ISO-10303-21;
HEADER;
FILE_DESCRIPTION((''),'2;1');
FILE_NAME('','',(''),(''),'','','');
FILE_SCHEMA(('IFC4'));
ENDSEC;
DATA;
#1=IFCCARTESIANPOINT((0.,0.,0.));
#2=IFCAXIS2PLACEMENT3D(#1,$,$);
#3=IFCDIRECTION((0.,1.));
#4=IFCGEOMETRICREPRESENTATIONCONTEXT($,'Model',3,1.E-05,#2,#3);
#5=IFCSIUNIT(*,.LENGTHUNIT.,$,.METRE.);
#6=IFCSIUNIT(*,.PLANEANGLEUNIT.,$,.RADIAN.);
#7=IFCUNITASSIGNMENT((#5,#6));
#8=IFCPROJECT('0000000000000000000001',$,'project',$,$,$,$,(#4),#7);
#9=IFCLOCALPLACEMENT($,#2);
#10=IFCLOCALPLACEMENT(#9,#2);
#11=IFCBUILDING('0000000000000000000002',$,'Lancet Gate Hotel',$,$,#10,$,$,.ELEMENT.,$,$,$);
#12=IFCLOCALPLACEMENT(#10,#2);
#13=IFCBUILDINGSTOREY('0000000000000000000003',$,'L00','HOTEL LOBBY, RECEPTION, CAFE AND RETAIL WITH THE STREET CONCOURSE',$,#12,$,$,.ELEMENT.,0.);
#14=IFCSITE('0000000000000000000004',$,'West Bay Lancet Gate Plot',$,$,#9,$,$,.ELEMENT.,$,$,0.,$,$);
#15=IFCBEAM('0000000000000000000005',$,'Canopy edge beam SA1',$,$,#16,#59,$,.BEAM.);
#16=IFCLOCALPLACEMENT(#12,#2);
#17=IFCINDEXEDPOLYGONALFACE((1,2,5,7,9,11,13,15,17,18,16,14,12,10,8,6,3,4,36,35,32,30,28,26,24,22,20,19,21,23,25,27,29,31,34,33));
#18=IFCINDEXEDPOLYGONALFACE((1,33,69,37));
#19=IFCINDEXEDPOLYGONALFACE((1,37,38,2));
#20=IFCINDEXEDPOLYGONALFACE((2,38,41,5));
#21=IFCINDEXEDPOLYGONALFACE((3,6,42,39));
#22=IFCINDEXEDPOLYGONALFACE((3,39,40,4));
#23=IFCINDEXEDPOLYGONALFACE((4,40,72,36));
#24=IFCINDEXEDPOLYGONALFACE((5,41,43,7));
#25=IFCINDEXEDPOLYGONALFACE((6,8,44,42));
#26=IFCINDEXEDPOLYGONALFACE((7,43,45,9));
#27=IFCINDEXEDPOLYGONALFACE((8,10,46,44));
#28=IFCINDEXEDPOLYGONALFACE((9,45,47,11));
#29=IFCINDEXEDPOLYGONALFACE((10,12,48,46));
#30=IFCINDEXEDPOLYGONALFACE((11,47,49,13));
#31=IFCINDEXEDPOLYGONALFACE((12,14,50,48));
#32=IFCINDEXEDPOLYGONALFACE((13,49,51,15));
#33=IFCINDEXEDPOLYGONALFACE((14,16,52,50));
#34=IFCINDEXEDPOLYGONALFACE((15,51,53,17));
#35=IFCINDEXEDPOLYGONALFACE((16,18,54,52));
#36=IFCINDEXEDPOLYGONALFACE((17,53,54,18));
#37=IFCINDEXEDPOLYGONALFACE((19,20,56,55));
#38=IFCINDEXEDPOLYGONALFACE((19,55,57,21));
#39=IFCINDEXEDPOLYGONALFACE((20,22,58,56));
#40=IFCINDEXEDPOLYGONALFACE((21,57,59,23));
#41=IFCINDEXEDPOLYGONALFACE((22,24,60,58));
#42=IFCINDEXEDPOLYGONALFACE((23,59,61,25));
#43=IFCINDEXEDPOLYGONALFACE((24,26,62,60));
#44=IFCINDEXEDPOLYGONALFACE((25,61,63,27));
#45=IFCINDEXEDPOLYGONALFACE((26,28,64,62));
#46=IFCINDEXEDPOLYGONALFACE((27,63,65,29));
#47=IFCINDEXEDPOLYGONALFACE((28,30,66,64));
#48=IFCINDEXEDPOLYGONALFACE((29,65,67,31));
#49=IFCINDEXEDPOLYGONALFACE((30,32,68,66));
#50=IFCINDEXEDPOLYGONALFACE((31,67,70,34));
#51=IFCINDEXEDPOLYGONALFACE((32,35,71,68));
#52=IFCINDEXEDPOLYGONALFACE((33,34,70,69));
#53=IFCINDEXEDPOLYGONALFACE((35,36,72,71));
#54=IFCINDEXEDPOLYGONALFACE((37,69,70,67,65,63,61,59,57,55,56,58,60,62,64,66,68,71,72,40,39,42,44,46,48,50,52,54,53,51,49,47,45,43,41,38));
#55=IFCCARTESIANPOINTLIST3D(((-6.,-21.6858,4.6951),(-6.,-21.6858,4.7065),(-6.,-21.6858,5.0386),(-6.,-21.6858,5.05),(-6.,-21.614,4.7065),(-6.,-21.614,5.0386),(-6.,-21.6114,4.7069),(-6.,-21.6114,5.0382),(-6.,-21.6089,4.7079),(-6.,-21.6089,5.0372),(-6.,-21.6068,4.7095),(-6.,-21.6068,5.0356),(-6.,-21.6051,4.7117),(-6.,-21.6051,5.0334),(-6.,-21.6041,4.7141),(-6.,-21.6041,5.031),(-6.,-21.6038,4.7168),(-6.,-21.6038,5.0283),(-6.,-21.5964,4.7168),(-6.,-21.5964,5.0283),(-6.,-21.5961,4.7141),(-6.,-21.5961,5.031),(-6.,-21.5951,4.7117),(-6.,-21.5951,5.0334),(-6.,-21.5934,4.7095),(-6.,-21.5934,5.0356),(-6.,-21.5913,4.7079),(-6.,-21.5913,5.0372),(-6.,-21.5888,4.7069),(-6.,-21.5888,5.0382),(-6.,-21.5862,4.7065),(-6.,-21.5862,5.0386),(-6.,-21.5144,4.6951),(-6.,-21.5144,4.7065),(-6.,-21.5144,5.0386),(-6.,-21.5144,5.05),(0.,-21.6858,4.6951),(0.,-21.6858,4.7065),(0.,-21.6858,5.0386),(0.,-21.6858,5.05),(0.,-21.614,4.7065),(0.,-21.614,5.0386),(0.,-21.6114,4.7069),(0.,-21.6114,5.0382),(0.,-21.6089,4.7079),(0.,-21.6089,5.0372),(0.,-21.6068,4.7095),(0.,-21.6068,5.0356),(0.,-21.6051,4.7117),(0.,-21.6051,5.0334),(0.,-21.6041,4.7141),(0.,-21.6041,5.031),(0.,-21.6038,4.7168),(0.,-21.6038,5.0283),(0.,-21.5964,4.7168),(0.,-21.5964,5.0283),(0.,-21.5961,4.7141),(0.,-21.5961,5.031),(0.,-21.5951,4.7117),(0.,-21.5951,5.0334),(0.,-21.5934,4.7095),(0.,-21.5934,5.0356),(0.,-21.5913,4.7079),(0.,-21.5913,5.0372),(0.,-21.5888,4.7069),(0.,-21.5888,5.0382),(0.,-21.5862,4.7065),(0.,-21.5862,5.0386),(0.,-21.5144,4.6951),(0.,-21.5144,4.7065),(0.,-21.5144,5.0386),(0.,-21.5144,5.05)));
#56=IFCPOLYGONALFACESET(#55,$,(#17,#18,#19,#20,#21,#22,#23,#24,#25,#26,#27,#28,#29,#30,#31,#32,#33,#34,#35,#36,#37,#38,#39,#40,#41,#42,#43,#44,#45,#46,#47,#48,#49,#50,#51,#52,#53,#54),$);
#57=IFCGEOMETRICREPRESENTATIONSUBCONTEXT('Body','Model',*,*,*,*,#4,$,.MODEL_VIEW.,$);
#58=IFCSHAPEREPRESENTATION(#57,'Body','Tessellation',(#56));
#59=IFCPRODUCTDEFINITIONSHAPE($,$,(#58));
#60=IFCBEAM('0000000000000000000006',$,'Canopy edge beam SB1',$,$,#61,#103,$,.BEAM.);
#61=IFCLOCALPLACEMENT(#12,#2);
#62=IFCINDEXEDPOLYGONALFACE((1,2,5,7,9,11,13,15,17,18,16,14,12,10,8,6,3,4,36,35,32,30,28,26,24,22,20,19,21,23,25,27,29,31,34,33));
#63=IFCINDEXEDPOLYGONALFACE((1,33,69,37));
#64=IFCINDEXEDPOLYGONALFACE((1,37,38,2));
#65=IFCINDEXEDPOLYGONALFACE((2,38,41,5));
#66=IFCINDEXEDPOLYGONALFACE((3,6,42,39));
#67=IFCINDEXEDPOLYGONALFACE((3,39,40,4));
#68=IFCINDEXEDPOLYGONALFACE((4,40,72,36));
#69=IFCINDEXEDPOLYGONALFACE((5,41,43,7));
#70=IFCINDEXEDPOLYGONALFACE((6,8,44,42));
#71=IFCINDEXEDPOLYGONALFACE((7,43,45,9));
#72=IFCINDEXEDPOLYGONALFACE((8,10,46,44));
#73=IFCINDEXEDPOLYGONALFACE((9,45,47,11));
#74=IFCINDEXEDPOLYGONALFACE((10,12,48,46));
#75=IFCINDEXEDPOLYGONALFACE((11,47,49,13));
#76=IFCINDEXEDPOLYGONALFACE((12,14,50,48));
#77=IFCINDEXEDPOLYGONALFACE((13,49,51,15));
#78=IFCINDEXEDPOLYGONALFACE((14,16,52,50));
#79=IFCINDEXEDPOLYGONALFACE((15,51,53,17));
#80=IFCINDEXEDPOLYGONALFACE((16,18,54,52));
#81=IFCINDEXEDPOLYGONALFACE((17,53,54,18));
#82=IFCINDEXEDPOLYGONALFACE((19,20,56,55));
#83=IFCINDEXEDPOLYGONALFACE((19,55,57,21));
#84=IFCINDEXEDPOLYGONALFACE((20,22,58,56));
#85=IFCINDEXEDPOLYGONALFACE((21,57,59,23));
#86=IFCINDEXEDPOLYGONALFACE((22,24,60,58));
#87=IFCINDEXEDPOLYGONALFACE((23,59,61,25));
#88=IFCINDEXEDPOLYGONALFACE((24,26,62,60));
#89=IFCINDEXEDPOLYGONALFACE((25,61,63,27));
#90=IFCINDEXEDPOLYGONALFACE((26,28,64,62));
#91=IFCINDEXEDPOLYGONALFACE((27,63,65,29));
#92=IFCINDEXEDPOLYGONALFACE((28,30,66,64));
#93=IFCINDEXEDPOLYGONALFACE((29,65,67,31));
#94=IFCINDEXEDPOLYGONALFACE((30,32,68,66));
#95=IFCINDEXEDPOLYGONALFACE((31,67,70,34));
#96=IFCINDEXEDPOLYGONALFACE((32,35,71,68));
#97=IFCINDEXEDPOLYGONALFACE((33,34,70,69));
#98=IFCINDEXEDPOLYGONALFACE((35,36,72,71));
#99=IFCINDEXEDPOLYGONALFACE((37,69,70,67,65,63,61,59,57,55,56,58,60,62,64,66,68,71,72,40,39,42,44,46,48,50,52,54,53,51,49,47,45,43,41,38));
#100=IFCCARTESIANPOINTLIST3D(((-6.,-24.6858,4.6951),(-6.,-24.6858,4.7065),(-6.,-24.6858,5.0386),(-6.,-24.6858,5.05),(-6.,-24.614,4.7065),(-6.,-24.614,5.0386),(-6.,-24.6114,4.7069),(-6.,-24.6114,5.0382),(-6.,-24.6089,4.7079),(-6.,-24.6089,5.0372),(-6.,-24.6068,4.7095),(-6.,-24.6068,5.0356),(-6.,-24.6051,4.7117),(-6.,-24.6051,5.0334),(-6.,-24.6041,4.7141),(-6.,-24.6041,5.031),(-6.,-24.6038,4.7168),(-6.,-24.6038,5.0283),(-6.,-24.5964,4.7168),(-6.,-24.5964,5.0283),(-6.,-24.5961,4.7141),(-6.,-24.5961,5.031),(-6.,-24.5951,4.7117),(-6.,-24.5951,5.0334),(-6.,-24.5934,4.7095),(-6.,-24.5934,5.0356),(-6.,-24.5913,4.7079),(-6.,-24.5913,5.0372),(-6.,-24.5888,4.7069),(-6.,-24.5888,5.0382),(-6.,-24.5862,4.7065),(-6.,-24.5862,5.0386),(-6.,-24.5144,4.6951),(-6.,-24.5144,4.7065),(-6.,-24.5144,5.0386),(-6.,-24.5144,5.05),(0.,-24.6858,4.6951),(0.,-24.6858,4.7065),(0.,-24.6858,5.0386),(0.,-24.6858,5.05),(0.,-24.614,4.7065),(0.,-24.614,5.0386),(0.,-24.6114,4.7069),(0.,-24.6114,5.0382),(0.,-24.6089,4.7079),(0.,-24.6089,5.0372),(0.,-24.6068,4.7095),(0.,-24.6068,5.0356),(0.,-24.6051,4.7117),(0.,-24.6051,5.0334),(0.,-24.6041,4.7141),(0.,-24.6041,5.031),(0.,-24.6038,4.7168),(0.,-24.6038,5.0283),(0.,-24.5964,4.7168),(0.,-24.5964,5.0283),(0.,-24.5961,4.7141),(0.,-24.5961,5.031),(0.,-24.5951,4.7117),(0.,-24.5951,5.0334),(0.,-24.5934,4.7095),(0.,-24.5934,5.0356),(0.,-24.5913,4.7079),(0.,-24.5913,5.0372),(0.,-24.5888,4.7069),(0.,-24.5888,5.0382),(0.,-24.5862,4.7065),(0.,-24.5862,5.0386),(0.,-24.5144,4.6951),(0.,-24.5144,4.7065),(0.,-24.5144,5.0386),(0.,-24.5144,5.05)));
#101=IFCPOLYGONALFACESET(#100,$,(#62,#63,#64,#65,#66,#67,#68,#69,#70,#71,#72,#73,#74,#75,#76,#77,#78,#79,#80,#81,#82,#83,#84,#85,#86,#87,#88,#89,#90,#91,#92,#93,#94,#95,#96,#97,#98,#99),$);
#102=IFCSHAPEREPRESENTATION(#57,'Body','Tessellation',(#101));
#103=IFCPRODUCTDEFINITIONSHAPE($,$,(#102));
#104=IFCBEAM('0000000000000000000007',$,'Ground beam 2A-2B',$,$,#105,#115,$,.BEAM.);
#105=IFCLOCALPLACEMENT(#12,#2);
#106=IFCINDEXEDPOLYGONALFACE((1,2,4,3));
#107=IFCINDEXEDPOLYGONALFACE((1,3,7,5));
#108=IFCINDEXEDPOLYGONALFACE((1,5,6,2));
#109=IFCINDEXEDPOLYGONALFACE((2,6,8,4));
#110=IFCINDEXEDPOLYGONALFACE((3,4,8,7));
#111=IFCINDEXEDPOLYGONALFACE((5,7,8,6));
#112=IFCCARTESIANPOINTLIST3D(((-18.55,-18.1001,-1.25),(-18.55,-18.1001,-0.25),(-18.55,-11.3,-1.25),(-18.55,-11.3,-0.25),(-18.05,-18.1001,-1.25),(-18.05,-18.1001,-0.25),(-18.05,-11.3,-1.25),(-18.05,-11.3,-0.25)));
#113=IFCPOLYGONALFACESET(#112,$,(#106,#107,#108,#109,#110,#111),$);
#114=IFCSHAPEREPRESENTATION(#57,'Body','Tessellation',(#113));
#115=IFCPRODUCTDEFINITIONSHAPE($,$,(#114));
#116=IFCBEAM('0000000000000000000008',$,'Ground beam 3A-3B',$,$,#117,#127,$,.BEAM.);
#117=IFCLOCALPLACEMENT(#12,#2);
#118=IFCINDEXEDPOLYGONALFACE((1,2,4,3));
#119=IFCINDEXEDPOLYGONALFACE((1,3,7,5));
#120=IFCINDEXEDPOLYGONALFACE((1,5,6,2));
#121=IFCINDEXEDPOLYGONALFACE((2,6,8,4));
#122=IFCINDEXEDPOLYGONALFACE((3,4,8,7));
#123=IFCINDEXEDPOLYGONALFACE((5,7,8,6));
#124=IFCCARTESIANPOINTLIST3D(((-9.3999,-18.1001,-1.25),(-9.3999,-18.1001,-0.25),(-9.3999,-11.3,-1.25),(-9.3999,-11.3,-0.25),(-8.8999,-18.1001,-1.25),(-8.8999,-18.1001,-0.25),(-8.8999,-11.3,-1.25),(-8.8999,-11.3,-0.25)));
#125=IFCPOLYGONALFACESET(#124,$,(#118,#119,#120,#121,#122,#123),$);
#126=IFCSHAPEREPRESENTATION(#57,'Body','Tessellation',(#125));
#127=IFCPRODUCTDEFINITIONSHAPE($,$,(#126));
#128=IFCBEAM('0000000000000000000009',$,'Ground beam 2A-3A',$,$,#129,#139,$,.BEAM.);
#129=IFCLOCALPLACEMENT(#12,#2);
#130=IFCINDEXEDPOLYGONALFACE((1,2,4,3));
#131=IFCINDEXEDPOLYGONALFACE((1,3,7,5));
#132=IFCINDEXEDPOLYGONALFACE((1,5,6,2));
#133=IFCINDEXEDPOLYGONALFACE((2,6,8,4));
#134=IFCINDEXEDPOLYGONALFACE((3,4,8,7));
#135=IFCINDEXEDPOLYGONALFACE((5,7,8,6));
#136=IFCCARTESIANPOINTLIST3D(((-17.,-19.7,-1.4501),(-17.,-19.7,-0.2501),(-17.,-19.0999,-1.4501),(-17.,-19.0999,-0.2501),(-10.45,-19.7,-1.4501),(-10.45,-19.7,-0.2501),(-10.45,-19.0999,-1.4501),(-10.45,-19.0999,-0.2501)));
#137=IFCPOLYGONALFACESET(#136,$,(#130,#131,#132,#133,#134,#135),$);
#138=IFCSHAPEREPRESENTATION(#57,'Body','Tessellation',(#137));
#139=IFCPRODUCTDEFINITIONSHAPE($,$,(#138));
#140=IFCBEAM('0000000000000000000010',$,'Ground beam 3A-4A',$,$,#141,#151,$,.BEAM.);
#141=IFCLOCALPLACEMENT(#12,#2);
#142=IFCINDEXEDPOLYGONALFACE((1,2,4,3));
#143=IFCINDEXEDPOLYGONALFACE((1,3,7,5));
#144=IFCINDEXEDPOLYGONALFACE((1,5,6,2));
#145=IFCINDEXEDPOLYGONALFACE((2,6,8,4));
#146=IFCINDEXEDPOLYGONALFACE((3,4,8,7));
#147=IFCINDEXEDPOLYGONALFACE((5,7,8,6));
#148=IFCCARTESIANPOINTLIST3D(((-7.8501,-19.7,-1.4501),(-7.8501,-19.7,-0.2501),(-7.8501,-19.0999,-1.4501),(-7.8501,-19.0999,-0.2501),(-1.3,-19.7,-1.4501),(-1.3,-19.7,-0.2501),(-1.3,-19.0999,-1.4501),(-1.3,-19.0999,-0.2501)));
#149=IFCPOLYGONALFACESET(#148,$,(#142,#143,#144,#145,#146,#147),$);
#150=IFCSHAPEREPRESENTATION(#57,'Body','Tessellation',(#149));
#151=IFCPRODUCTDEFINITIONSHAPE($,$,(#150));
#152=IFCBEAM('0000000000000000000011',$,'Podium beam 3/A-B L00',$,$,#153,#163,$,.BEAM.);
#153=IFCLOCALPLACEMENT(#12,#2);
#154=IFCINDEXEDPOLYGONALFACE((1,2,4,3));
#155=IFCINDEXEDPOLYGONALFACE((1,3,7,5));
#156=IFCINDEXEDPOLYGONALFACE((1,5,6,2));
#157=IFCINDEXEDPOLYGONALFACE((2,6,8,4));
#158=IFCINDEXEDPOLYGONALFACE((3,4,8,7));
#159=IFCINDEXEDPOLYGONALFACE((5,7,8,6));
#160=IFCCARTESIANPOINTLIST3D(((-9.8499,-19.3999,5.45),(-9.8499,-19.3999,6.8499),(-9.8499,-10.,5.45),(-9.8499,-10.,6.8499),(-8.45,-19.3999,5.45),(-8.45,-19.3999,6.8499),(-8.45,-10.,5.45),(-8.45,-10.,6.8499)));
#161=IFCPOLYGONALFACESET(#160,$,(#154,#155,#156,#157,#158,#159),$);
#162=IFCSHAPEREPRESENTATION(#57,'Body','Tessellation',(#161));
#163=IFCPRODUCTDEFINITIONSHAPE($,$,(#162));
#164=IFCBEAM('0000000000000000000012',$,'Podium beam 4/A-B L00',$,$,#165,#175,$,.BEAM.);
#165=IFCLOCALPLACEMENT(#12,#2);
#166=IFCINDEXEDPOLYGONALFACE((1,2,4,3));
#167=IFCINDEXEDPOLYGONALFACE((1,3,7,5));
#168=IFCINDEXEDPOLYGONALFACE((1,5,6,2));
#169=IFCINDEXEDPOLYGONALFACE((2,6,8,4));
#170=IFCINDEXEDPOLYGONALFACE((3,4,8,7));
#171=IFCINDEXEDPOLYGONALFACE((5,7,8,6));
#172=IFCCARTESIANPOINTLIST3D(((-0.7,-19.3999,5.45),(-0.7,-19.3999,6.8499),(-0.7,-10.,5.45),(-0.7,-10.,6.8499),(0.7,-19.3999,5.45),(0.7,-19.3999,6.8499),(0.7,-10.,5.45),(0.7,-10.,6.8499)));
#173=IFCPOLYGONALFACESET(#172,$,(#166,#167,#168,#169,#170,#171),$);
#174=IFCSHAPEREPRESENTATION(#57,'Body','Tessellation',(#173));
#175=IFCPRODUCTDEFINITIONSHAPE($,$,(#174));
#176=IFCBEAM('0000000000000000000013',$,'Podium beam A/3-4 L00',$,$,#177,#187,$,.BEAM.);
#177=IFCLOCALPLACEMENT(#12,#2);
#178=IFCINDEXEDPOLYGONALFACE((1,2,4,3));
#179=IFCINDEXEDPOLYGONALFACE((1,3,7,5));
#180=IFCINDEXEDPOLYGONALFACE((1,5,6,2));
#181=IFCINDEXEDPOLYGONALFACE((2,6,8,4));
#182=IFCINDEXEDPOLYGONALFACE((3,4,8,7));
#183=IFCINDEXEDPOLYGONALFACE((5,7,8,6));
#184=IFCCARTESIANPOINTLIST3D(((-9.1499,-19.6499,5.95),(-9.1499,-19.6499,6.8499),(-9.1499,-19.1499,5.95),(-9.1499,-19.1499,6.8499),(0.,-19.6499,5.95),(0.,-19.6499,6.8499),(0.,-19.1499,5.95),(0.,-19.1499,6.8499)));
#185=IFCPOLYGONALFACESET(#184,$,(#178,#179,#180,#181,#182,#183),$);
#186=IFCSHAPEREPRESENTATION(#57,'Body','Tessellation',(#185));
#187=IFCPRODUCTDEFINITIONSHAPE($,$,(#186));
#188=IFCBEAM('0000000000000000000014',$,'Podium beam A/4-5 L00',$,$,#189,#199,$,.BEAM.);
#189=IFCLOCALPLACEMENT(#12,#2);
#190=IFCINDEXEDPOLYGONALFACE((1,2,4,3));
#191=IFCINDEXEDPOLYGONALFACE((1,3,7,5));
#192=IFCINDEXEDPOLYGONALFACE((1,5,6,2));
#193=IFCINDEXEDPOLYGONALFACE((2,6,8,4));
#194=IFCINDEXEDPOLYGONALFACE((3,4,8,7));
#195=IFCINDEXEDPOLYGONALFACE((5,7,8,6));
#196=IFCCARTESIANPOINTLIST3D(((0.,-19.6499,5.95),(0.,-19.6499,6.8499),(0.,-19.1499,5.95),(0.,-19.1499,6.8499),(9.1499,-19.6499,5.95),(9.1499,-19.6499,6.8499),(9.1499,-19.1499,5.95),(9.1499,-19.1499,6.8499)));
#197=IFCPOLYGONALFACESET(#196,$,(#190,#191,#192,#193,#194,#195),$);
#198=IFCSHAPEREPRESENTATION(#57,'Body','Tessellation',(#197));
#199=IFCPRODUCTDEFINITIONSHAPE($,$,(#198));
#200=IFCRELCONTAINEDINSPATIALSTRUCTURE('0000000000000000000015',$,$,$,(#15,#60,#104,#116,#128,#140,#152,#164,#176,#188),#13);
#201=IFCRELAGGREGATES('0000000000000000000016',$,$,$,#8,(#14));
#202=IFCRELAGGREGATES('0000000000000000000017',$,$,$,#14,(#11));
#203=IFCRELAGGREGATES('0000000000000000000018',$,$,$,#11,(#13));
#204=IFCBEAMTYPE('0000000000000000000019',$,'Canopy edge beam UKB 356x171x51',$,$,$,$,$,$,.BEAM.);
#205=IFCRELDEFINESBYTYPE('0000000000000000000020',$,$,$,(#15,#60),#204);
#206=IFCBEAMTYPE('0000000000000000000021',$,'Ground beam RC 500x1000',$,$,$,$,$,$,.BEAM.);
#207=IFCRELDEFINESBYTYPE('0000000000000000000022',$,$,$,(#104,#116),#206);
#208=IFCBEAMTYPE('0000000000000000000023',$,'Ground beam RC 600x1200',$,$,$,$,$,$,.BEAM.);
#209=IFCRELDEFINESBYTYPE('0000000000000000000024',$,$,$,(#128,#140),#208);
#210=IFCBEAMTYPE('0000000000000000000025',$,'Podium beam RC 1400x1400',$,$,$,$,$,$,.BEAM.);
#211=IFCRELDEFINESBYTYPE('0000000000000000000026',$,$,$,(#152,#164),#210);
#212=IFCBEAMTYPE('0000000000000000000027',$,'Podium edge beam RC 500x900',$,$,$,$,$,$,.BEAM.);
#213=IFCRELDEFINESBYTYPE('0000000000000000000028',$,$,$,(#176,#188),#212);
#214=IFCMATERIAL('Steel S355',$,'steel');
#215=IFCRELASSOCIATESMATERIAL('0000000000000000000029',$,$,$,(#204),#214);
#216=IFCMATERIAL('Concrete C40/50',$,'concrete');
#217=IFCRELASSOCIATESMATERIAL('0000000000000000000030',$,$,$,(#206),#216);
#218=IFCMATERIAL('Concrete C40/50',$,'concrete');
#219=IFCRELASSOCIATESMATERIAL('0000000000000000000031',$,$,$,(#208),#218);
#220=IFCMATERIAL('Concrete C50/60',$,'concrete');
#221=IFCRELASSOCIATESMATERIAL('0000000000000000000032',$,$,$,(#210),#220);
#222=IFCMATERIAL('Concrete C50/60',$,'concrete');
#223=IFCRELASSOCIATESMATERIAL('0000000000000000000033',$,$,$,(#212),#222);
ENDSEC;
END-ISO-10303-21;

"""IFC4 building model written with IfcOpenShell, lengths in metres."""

from ifc_helpers import new_model, si_unit, direction, frame, origin, origin_2d, place, context, subcontext, project, spatial, rectangle, i_section, extrude, material, material_profile, profile_set, type_object, element, save


model = new_model("IFC4")

# Units and contexts
model_context = context("Model", 3, precision=1e-05, world=origin(), true_north=direction((0.0, 1.0)))
body_context = subcontext(model_context, "Body", "Model", "MODEL_VIEW")
ifc_project = project(units=[si_unit("LENGTHUNIT", "METRE"), si_unit("PLANEANGLEUNIT", "RADIAN")], contexts=[model_context])

# Site, building, storey
site_placement = place(None, origin())
site = spatial("IfcSite", under=ifc_project, at=site_placement, Name="West Bay Lancet Gate Plot", CompositionType="ELEMENT", RefElevation=0.0)
building_placement = place(site_placement, origin())
building = spatial("IfcBuilding", under=site, at=building_placement, Name="Lancet Gate Hotel", CompositionType="ELEMENT")
storey_placement = place(building_placement, origin())
storey = spatial("IfcBuildingStorey", under=building, at=storey_placement, Name="L00", Description="HOTEL LOBBY, RECEPTION, CAFE AND RETAIL WITH THE STREET CONCOURSE", CompositionType="ELEMENT", Elevation=0.0)

# Beams
ifc_material_1 = material(Name="Steel S355", Category="steel")
ifc_material_profile_1 = material_profile(ifc_material_1, i_section(OverallWidth=0.1714, OverallDepth=0.355, WebThickness=0.0073, FlangeThickness=0.0115, FilletRadius=0.0103, at=origin_2d()), Name="UKB 356x171x51")
ifc_profile_set_1 = profile_set([ifc_material_profile_1], Name="Steel S355")
beam_type_1 = type_object("IfcBeamType", Name="Canopy edge beam UKB 356x171x51", PredefinedType="BEAM", material=ifc_profile_set_1)
for number, where, z_axis, x_axis, name in (
    (1, (-6.0, -21.6001, 4.8726), (1.0, 0.0, 0.0), (0.0, 1.0, 0.0), "Canopy edge beam SA1"),
    (2, (-6.0, -24.6001, 4.8726), (1.0, 0.0, 0.0), (0.0, 1.0, 0.0), "Canopy edge beam SB1"),
):
    element("IfcBeam", number, at=place(storey_placement, frame(where, z_axis=z_axis, x_axis=x_axis)), inside=storey, type_object=beam_type_1, Name=name, PredefinedType="BEAM", context=body_context, shape_type="SweptSolid", body=[
        extrude(i_section(OverallWidth=0.1714, OverallDepth=0.355, WebThickness=0.0073, FlangeThickness=0.0115, FilletRadius=0.0103, at=origin_2d()), origin(), (0.0, 0.0, 1.0), 6.0),
    ])
ifc_material_2 = material(Name="Concrete C40/50", Category="concrete")
ifc_material_profile_2 = material_profile(ifc_material_2, rectangle(XDim=0.5, YDim=1.0, at=origin_2d()), Name="RC 500x1000")
ifc_profile_set_2 = profile_set([ifc_material_profile_2], Name="Concrete C40/50")
beam_type_2 = type_object("IfcBeamType", Name="Ground beam RC 500x1000", PredefinedType="BEAM", material=ifc_profile_set_2)
for number, where, z_axis, x_axis, name in (
    (3, (-18.3, -18.1001, -0.75), (0.0, 1.0, 0.0), (-1.0, 0.0, 0.0), "Ground beam 2A-2B"),
    (4, (-9.1499, -18.1001, -0.75), (0.0, 1.0, 0.0), (-1.0, 0.0, 0.0), "Ground beam 3A-3B"),
):
    element("IfcBeam", number, at=place(storey_placement, frame(where, z_axis=z_axis, x_axis=x_axis)), inside=storey, type_object=beam_type_2, Name=name, PredefinedType="BEAM", context=body_context, shape_type="SweptSolid", body=[
        extrude(rectangle(XDim=0.5, YDim=1.0, at=origin_2d()), origin(), (0.0, 0.0, 1.0), 6.8),
    ])
ifc_material_3 = material(Name="Concrete C40/50", Category="concrete")
ifc_material_profile_3 = material_profile(ifc_material_3, rectangle(XDim=0.6001, YDim=1.2, at=origin_2d()), Name="RC 600x1200")
ifc_profile_set_3 = profile_set([ifc_material_profile_3], Name="Concrete C40/50")
beam_type_3 = type_object("IfcBeamType", Name="Ground beam RC 600x1200", PredefinedType="BEAM", material=ifc_profile_set_3)
for number, where, z_axis, x_axis, name in (
    (5, (-17.0, -19.3999, -0.8501), (1.0, 0.0, 0.0), (0.0, 1.0, 0.0), "Ground beam 2A-3A"),
    (6, (-7.8501, -19.3999, -0.8501), (1.0, 0.0, 0.0), (0.0, 1.0, 0.0), "Ground beam 3A-4A"),
):
    element("IfcBeam", number, at=place(storey_placement, frame(where, z_axis=z_axis, x_axis=x_axis)), inside=storey, type_object=beam_type_3, Name=name, PredefinedType="BEAM", context=body_context, shape_type="SweptSolid", body=[
        extrude(rectangle(XDim=0.6001, YDim=1.2, at=origin_2d()), origin(), (0.0, 0.0, 1.0), 6.55),
    ])
ifc_material_4 = material(Name="Concrete C50/60", Category="concrete")
ifc_material_profile_4 = material_profile(ifc_material_4, rectangle(XDim=1.3999, YDim=1.3999, at=origin_2d()), Name="RC 1400x1400")
ifc_profile_set_4 = profile_set([ifc_material_profile_4], Name="Concrete C50/60")
beam_type_4 = type_object("IfcBeamType", Name="Podium beam RC 1400x1400", PredefinedType="BEAM", material=ifc_profile_set_4)
for number, where, z_axis, x_axis, name in (
    (7, (-9.1499, -19.3999, 6.1499), (0.0, 1.0, 0.0), (-1.0, 0.0, 0.0), "Podium beam 3/A-B L00"),
    (8, (0.0, -19.3999, 6.1499), (0.0, 1.0, 0.0), (-1.0, 0.0, 0.0), "Podium beam 4/A-B L00"),
):
    element("IfcBeam", number, at=place(storey_placement, frame(where, z_axis=z_axis, x_axis=x_axis)), inside=storey, type_object=beam_type_4, Name=name, PredefinedType="BEAM", context=body_context, shape_type="SweptSolid", body=[
        extrude(rectangle(XDim=1.3999, YDim=1.3999, at=origin_2d()), origin(), (0.0, 0.0, 1.0), 9.3999),
    ])
ifc_material_5 = material(Name="Concrete C50/60", Category="concrete")
ifc_material_profile_5 = material_profile(ifc_material_5, rectangle(XDim=0.5, YDim=0.8999, at=origin_2d()), Name="RC 500x900")
ifc_profile_set_5 = profile_set([ifc_material_profile_5], Name="Concrete C50/60")
beam_type_5 = type_object("IfcBeamType", Name="Podium edge beam RC 500x900", PredefinedType="BEAM", material=ifc_profile_set_5)
for number, where, z_axis, x_axis, name in (
    (9, (-9.1499, -19.3999, 6.3999), (1.0, 0.0, 0.0), (0.0, 1.0, 0.0), "Podium beam A/3-4 L00"),
    (10, (0.0, -19.3999, 6.3999), (1.0, 0.0, 0.0), (0.0, 1.0, 0.0), "Podium beam A/4-5 L00"),
):
    element("IfcBeam", number, at=place(storey_placement, frame(where, z_axis=z_axis, x_axis=x_axis)), inside=storey, type_object=beam_type_5, Name=name, PredefinedType="BEAM", context=body_context, shape_type="SweptSolid", body=[
        extrude(rectangle(XDim=0.5, YDim=0.8999, at=origin_2d()), origin(), (0.0, 0.0, 1.0), 9.1499),
    ])

save(model, "model.ifc")
